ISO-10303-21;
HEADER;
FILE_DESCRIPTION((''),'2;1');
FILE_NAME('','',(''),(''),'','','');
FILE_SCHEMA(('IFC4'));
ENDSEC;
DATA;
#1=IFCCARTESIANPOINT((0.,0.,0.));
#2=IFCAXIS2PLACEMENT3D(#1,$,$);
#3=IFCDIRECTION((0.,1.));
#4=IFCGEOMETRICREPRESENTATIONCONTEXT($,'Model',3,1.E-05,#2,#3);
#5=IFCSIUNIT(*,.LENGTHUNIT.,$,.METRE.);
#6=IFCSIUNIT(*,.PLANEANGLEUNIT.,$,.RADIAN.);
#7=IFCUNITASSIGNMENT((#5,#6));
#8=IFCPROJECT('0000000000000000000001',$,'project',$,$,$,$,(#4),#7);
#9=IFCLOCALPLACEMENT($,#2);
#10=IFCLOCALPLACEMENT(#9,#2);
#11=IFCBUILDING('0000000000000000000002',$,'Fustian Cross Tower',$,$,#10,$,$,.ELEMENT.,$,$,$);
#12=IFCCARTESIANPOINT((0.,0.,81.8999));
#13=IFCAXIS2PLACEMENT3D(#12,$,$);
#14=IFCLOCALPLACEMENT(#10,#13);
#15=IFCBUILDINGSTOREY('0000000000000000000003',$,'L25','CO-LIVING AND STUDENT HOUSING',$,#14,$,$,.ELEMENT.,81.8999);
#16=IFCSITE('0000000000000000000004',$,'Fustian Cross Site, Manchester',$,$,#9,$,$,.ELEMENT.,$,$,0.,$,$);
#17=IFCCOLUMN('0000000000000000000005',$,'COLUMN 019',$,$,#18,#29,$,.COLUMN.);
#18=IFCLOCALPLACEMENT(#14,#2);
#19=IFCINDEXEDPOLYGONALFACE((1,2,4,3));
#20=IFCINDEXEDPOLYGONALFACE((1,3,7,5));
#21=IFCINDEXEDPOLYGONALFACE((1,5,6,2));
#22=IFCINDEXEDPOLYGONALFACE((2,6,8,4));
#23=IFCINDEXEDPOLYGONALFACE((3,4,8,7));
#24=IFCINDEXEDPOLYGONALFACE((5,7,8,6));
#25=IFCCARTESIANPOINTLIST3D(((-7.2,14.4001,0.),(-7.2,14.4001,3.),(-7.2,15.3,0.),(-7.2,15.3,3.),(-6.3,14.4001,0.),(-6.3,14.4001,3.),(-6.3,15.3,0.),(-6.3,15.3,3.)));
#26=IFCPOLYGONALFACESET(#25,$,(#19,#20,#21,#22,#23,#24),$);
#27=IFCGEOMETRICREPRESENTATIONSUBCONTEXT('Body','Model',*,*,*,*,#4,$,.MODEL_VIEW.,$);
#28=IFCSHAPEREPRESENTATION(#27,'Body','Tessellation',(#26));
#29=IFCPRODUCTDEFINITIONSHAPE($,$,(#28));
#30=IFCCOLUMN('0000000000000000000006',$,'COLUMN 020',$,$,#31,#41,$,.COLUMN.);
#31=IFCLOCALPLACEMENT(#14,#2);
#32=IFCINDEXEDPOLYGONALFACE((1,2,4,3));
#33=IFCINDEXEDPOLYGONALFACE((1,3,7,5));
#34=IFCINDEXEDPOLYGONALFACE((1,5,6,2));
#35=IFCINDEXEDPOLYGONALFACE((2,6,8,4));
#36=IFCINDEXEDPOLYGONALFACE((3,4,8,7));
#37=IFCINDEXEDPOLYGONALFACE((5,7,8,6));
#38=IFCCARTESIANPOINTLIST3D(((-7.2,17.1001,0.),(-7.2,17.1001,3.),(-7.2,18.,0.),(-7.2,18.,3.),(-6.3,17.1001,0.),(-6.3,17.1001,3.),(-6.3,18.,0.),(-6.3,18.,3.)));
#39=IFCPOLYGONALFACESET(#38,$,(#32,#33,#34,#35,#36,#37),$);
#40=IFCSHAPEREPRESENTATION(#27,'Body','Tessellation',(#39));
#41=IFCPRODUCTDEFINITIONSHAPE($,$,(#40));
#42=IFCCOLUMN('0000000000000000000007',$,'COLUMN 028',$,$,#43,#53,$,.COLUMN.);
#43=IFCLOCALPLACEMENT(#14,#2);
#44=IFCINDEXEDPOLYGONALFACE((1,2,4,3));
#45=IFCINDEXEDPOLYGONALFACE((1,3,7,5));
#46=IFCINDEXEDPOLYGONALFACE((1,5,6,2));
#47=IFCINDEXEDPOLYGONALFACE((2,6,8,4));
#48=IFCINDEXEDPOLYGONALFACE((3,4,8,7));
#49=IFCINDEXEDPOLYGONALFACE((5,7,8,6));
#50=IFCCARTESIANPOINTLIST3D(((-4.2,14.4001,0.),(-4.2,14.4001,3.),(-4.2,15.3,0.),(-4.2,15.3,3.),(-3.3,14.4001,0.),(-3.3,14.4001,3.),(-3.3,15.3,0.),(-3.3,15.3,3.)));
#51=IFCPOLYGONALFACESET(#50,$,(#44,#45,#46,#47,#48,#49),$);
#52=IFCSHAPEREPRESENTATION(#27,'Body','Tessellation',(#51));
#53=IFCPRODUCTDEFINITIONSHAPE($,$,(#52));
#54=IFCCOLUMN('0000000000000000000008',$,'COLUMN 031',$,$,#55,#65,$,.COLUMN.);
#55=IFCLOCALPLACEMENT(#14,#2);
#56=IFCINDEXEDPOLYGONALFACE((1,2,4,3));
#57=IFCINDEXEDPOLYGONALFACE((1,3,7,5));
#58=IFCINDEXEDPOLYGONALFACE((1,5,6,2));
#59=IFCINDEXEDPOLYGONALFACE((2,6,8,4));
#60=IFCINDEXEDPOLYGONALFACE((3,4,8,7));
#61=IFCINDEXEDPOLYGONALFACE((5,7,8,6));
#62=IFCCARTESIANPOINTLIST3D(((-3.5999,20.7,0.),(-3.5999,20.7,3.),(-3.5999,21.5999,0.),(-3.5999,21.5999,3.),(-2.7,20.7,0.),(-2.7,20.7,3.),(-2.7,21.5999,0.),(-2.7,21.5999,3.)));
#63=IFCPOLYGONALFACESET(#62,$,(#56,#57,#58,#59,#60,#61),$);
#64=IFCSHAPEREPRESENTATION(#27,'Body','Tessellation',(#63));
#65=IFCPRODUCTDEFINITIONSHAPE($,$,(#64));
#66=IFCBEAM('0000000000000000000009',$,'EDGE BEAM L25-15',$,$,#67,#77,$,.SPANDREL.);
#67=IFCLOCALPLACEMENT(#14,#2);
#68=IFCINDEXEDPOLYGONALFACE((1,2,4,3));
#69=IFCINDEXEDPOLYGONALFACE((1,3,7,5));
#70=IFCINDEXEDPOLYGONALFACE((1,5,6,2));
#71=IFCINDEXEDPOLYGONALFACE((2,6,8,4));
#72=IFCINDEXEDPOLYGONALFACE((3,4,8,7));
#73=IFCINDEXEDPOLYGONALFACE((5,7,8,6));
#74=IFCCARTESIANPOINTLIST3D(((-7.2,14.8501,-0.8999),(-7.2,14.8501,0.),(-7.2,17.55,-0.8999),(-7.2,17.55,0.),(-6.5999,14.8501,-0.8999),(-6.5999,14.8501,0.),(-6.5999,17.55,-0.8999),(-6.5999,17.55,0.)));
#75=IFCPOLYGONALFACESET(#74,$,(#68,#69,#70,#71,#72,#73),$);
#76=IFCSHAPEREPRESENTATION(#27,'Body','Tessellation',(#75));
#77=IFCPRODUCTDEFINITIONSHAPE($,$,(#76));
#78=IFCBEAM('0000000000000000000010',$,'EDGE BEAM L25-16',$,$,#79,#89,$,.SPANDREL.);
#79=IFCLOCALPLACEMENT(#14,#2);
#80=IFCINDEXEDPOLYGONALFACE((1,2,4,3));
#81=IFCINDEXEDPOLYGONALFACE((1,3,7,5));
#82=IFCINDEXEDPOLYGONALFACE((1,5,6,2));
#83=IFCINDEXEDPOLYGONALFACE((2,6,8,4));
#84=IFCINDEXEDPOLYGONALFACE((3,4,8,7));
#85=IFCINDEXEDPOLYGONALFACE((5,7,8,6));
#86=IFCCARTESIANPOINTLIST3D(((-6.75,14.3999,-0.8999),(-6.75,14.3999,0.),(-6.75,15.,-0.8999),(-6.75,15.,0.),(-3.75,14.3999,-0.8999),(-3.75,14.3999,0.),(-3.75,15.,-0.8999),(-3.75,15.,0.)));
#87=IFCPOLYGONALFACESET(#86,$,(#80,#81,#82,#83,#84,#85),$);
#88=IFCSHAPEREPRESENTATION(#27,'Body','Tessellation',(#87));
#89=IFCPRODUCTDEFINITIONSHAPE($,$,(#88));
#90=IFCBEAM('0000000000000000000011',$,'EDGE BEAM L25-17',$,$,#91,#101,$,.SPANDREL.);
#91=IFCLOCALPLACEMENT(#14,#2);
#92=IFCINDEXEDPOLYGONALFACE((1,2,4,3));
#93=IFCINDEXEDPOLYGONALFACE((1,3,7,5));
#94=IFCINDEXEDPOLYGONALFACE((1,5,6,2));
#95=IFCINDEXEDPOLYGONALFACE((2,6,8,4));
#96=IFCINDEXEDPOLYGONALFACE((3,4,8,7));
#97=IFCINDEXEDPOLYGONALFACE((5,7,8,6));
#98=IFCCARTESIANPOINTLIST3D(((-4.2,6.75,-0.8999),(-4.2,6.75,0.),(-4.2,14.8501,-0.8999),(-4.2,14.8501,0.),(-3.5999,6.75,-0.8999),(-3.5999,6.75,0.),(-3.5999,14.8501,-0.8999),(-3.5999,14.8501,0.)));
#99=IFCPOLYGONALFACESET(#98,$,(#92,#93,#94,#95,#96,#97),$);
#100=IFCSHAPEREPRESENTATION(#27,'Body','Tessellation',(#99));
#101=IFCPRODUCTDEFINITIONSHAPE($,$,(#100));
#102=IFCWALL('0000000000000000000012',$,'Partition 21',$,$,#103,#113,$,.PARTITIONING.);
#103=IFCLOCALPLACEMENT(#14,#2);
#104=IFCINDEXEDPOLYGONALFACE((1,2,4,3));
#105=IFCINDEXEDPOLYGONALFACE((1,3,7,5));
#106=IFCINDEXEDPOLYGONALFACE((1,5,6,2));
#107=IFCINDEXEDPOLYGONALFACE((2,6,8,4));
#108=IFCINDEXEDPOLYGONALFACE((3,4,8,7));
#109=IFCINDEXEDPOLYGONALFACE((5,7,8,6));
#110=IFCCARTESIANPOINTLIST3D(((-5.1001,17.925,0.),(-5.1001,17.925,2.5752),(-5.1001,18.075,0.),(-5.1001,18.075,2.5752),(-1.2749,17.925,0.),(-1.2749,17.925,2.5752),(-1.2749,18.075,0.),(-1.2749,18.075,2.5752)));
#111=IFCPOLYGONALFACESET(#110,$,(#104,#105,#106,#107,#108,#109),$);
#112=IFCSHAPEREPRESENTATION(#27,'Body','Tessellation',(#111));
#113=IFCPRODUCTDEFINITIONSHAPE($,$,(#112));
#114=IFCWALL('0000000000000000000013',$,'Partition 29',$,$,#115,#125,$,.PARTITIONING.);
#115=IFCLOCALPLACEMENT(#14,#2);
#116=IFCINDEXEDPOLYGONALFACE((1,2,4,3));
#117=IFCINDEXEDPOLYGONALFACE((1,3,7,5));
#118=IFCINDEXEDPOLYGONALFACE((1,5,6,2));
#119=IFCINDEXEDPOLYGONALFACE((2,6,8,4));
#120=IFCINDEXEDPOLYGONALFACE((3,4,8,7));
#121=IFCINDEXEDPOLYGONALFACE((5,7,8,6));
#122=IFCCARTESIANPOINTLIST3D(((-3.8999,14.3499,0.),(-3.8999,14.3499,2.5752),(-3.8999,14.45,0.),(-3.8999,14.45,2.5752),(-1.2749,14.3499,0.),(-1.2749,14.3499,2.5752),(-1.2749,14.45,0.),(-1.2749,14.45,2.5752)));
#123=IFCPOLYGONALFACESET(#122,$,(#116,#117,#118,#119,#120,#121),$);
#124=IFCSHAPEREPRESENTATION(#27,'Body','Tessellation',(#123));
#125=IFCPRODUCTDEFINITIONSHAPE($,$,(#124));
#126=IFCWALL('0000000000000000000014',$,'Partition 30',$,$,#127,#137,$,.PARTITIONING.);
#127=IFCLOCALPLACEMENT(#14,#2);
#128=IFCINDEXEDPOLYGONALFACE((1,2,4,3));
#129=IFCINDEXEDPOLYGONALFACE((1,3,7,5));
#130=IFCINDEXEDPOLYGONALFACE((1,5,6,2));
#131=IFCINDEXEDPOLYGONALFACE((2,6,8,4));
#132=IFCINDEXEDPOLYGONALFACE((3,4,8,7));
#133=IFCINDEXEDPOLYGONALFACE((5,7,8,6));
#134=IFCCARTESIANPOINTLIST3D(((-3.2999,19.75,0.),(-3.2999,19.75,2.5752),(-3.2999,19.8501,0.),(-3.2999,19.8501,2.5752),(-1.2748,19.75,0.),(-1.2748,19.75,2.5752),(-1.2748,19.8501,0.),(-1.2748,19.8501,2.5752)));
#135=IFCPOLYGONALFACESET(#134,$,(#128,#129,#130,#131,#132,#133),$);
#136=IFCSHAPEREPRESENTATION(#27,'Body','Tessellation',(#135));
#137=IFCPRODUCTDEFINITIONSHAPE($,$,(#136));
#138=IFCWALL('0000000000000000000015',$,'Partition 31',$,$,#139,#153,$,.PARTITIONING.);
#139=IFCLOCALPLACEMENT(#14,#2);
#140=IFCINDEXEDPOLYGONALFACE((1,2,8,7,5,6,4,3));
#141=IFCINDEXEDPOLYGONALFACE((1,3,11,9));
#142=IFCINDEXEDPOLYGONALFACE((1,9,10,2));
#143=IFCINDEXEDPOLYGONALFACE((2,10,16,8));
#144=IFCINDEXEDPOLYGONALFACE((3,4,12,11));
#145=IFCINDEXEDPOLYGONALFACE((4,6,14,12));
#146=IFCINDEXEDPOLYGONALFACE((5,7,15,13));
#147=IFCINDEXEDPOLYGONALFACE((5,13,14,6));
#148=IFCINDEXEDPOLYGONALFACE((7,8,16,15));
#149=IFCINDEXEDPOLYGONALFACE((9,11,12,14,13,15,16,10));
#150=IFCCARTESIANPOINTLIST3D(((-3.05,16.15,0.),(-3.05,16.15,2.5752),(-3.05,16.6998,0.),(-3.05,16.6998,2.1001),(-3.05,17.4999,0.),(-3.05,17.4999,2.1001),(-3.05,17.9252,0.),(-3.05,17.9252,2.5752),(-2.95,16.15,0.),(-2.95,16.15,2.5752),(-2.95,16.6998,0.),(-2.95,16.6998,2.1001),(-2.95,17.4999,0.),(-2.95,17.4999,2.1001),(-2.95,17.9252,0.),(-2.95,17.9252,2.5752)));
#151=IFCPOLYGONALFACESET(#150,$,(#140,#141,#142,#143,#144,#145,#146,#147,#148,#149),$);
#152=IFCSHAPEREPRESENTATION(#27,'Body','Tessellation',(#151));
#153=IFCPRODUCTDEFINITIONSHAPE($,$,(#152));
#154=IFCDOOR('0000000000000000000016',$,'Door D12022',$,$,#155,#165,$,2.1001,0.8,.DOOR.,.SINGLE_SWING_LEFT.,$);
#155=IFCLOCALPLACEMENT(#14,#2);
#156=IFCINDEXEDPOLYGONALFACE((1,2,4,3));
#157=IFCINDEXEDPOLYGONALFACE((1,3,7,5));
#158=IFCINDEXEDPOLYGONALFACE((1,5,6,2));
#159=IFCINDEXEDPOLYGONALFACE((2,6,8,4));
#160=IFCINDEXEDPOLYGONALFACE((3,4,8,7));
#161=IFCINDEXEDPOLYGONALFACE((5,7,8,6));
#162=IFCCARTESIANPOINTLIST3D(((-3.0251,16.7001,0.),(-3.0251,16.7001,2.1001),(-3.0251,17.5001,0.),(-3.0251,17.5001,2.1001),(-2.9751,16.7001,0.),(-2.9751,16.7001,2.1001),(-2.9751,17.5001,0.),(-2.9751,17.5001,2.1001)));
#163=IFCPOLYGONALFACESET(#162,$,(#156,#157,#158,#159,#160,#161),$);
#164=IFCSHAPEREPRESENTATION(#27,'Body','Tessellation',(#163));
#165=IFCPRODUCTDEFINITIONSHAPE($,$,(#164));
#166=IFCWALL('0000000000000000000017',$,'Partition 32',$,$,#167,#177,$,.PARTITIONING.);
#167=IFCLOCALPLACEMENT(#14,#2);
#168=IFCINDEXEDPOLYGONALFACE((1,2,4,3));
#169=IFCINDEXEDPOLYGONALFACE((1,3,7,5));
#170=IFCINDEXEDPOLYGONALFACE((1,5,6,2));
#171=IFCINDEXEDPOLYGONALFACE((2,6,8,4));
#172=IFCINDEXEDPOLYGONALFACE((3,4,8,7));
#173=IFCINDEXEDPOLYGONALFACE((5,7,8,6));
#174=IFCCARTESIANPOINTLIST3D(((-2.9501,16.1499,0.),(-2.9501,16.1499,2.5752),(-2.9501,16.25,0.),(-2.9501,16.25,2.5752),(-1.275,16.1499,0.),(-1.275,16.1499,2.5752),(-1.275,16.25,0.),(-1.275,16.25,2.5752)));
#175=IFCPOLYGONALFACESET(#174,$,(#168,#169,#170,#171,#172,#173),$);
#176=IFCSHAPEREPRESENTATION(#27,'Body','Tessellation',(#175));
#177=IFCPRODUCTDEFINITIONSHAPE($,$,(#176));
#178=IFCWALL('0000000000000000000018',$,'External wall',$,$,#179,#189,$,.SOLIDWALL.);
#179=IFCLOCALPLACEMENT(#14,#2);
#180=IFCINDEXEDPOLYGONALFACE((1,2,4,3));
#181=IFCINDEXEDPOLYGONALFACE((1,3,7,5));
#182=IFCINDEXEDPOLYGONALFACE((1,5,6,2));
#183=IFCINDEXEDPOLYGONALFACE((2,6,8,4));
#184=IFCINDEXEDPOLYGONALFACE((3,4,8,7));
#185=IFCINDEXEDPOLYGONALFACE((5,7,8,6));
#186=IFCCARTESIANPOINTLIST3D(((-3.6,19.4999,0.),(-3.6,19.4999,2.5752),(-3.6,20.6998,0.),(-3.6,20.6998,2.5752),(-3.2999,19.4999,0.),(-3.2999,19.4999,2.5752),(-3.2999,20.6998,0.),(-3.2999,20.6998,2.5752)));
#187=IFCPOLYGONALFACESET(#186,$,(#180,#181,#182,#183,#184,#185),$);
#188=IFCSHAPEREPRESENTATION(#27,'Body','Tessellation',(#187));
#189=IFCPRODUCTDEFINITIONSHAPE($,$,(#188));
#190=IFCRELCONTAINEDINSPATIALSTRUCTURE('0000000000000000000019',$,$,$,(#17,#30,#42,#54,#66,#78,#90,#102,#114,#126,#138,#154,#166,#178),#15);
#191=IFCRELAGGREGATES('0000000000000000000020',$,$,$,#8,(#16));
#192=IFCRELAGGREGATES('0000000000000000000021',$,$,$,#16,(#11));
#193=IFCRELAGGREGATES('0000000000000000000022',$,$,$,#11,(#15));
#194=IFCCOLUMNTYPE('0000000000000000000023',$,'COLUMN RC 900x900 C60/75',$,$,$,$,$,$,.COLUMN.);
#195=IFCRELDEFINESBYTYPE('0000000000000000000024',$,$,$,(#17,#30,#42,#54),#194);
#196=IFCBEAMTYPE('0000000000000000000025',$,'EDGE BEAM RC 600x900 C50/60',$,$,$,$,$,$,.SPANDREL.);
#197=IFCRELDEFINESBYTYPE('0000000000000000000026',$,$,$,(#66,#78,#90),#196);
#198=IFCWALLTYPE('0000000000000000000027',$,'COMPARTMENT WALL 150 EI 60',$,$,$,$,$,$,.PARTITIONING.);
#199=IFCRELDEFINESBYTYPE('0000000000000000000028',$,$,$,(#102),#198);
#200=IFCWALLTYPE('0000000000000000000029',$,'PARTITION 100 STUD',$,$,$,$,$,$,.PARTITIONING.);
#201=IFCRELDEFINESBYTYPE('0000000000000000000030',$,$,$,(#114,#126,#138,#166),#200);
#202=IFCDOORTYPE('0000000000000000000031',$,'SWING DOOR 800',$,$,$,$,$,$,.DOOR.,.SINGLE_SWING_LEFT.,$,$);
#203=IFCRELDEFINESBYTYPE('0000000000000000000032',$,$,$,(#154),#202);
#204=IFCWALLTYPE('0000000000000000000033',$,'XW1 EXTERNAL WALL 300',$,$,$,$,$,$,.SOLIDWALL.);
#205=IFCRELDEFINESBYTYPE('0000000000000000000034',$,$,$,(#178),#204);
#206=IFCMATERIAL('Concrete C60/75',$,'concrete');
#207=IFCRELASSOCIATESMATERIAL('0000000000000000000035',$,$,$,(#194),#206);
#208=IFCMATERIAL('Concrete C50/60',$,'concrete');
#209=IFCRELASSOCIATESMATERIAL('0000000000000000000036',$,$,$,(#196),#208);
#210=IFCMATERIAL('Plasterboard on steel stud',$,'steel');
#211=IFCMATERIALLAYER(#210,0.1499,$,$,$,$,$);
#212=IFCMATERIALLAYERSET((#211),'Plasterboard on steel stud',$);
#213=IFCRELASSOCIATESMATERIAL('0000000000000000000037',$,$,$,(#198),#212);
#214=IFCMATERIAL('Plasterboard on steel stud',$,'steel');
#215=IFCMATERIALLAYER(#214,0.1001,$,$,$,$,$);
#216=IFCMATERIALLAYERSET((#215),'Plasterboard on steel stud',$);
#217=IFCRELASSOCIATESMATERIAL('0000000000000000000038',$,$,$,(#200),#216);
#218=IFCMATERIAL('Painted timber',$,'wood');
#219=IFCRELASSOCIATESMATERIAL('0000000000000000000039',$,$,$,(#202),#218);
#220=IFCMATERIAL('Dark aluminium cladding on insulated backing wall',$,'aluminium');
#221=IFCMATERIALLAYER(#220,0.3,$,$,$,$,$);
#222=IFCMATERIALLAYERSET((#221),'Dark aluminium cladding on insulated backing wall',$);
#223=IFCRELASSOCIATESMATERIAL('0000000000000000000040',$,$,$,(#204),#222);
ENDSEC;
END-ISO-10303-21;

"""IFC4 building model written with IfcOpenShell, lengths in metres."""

from ifc_helpers import new_model, si_unit, direction, frame, frame_2d, origin, origin_2d, place, context, subcontext, project, spatial, rectangle, extrude, material, layer, layer_set, material_profile, profile_set, type_object, element, fill, save


model = new_model("IFC4")

# Units and contexts
model_context = context("Model", 3, precision=1e-05, world=origin(), true_north=direction((0.0, 1.0)))
body_context = subcontext(model_context, "Body", "Model", "MODEL_VIEW")
ifc_project = project(units=[si_unit("LENGTHUNIT", "METRE"), si_unit("PLANEANGLEUNIT", "RADIAN")], contexts=[model_context])

# Site, building, storey
site_placement = place(None, origin())
site = spatial("IfcSite", under=ifc_project, at=site_placement, Name="Fustian Cross Site, Manchester", CompositionType="ELEMENT", RefElevation=0.0)
building_placement = place(site_placement, origin())
building = spatial("IfcBuilding", under=site, at=building_placement, Name="Fustian Cross Tower", CompositionType="ELEMENT")
storey_placement = place(building_placement, frame((0.0, 0.0, 81.8999)))
storey = spatial("IfcBuildingStorey", under=building, at=storey_placement, Name="L25", Description="CO-LIVING AND STUDENT HOUSING", CompositionType="ELEMENT", Elevation=81.8999)

# Columns
ifc_material_1 = material(Name="Concrete C60/75", Category="concrete")
ifc_material_profile_1 = material_profile(ifc_material_1, rectangle(XDim=0.8999, YDim=0.8999, at=origin_2d()), Name="RC 900x900")
ifc_profile_set_1 = profile_set([ifc_material_profile_1], Name="Concrete C60/75")
column_type = type_object("IfcColumnType", Name="COLUMN RC 900x900 C60/75", PredefinedType="COLUMN", material=ifc_profile_set_1)
for number, where, z_axis, x_axis, name in (
    (1, (-6.75, 14.8501, 0.0), (0.0, 0.0, 1.0), (1.0, 0.0, 0.0), "COLUMN 019"),
    (2, (-6.75, 17.55, 0.0), (0.0, 0.0, 1.0), (1.0, 0.0, 0.0), "COLUMN 020"),
    (3, (-3.75, 14.8501, 0.0), (0.0, 0.0, 1.0), (1.0, 0.0, 0.0), "COLUMN 028"),
    (4, (-3.1499, 21.1499, 0.0), (0.0, 0.0, 1.0), (1.0, 0.0, 0.0), "COLUMN 031"),
):
    element("IfcColumn", number, at=place(storey_placement, frame(where, z_axis=z_axis, x_axis=x_axis)), inside=storey, type_object=column_type, Name=name, PredefinedType="COLUMN", context=body_context, shape_type="SweptSolid", body=[
        extrude(rectangle(XDim=0.8999, YDim=0.8999, at=origin_2d()), origin(), (0.0, 0.0, 1.0), 3.0),
    ])

# Beams
ifc_material_2 = material(Name="Concrete C50/60", Category="concrete")
ifc_material_profile_2 = material_profile(ifc_material_2, rectangle(XDim=0.6001, YDim=0.8999, at=origin_2d()), Name="RC 600x900")
ifc_profile_set_2 = profile_set([ifc_material_profile_2], Name="Concrete C50/60")
beam_type = type_object("IfcBeamType", Name="EDGE BEAM RC 600x900 C50/60", PredefinedType="SPANDREL", material=ifc_profile_set_2)
beam_1_placement = place(storey_placement, frame((-6.8999, 17.55, -0.45), z_axis=(0.0, -1.0, 0.0), x_axis=(1.0, 0.0, 0.0)))
element("IfcBeam", 5, at=beam_1_placement, inside=storey, type_object=beam_type, Name="EDGE BEAM L25-15", PredefinedType="SPANDREL", context=body_context, shape_type="SweptSolid", body=[
    extrude(rectangle(XDim=0.6001, YDim=0.8999, at=origin_2d()), origin(), (0.0, 0.0, 1.0), 2.7),
])
beam_2_placement = place(storey_placement, frame((-6.75, 14.7, -0.45), z_axis=(1.0, 0.0, 0.0), x_axis=(0.0, 1.0, 0.0)))
element("IfcBeam", 6, at=beam_2_placement, inside=storey, type_object=beam_type, Name="EDGE BEAM L25-16", PredefinedType="SPANDREL", context=body_context, shape_type="SweptSolid", body=[
    extrude(rectangle(XDim=0.6001, YDim=0.8999, at=origin_2d()), origin(), (0.0, 0.0, 1.0), 3.0),
])
beam_3_placement = place(storey_placement, frame((-3.8999, 14.8501, -0.45), z_axis=(0.0, -1.0, 0.0), x_axis=(1.0, 0.0, 0.0)))
element("IfcBeam", 7, at=beam_3_placement, inside=storey, type_object=beam_type, Name="EDGE BEAM L25-17", PredefinedType="SPANDREL", context=body_context, shape_type="SweptSolid", body=[
    extrude(rectangle(XDim=0.6001, YDim=0.8999, at=origin_2d()), origin(), (0.0, 0.0, 1.0), 8.1001),
])

# Walls
ifc_material_3 = material(Name="Plasterboard on steel stud", Category="steel")
ifc_layer_1 = layer(ifc_material_3, 0.1499)
ifc_layer_set_1 = layer_set([ifc_layer_1], Name="Plasterboard on steel stud")
wall_type_1 = type_object("IfcWallType", Name="COMPARTMENT WALL 150 EI 60", PredefinedType="PARTITIONING", material=ifc_layer_set_1)
wall_1_placement = place(storey_placement, frame((-5.1001, 18.0, 0.0), z_axis=(0.0, 0.0, 1.0), x_axis=(1.0, 0.0, 0.0)))
element("IfcWall", 8, at=wall_1_placement, inside=storey, type_object=wall_type_1, Name="Partition 21", PredefinedType="PARTITIONING", context=body_context, shape_type="SweptSolid", body=[
    extrude(rectangle(XDim=3.8252, YDim=0.1499, at=frame_2d((1.9126, 0.0))), origin(), (0.0, 0.0, 1.0), 2.5752),
])
ifc_material_4 = material(Name="Plasterboard on steel stud", Category="steel")
ifc_layer_2 = layer(ifc_material_4, 0.1001)
ifc_layer_set_2 = layer_set([ifc_layer_2], Name="Plasterboard on steel stud")
wall_type_2 = type_object("IfcWallType", Name="PARTITION 100 STUD", PredefinedType="PARTITIONING", material=ifc_layer_set_2)
wall_2_placement = place(storey_placement, frame((-3.8999, 14.3999, 0.0), z_axis=(0.0, 0.0, 1.0), x_axis=(1.0, 0.0, 0.0)))
element("IfcWall", 9, at=wall_2_placement, inside=storey, type_object=wall_type_2, Name="Partition 29", PredefinedType="PARTITIONING", context=body_context, shape_type="SweptSolid", body=[
    extrude(rectangle(XDim=2.625, YDim=0.1001, at=frame_2d((1.3125, 0.0))), origin(), (0.0, 0.0, 1.0), 2.5752),
])
wall_3_placement = place(storey_placement, frame((-3.3, 19.8, 0.0), z_axis=(0.0, 0.0, 1.0), x_axis=(1.0, 0.0, 0.0)))
element("IfcWall", 10, at=wall_3_placement, inside=storey, type_object=wall_type_2, Name="Partition 30", PredefinedType="PARTITIONING", context=body_context, shape_type="SweptSolid", body=[
    extrude(rectangle(XDim=2.0251, YDim=0.1001, at=frame_2d((1.0127, 0.0))), origin(), (0.0, 0.0, 1.0), 2.5752),
])

# Wall, opening, door
wall_4_placement = place(storey_placement, frame((-3.0, 16.1499, 0.0), z_axis=(0.0, 0.0, 1.0), x_axis=(0.0, 1.0, 0.0)))
wall_4 = element("IfcWall", 11, at=wall_4_placement, inside=storey, type_object=wall_type_2, Name="Partition 31", PredefinedType="PARTITIONING", context=body_context, shape_type="SweptSolid", body=[
    extrude(rectangle(XDim=1.7751, YDim=0.1001, at=frame_2d((0.8877, 0.0))), origin(), (0.0, 0.0, 1.0), 2.5752),
])
opening_1_placement = place(wall_4_placement, frame((0.55, 0.0, 0.0)))
opening_1 = element("IfcOpeningElement", 12, at=opening_1_placement, cuts=wall_4, PredefinedType="OPENING", context=body_context, shape_type="SweptSolid", body=[
    extrude(rectangle(XDim=0.8, YDim=2.1001, at=frame_2d((0.3999, 1.05))), frame((0.0, 0.0601, 0.0), z_axis=(0.0, -1.0, 0.0), x_axis=(1.0, 0.0, 0.0)), (0.0, 0.0, 1.0), 0.1201),
])
ifc_material_5 = material(Name="Painted timber", Category="wood")
door_type_1 = type_object("IfcDoorType", Name="SWING DOOR 800", OperationType="SINGLE_SWING_LEFT", PredefinedType="DOOR", material=ifc_material_5)
door_1_placement = place(opening_1_placement, frame((0.8, 0.0, 0.0), z_axis=(0.0, 0.0, 1.0), x_axis=(-1.0, 0.0, 0.0)))
door_1 = element("IfcDoor", 13, at=door_1_placement, inside=storey, type_object=door_type_1, Name="Door D12022", OperationType="SINGLE_SWING_LEFT", OverallHeight=2.1001, OverallWidth=0.8, PredefinedType="DOOR", context=body_context, shape_type="SweptSolid", body=[
    extrude(rectangle(XDim=0.8, YDim=2.1001, at=frame_2d((0.3999, 1.05))), frame((0.0, 0.0249, 0.0), z_axis=(0.0, -1.0, 0.0), x_axis=(1.0, 0.0, 0.0)), (0.0, 0.0, 1.0), 0.05),
])
fill(opening_1, door_1)

# Walls
wall_5_placement = place(storey_placement, frame((-2.95, 16.2, 0.0), z_axis=(0.0, 0.0, 1.0), x_axis=(1.0, 0.0, 0.0)))
element("IfcWall", 14, at=wall_5_placement, inside=storey, type_object=wall_type_2, Name="Partition 32", PredefinedType="PARTITIONING", context=body_context, shape_type="SweptSolid", body=[
    extrude(rectangle(XDim=1.675, YDim=0.1001, at=frame_2d((0.8374, 0.0))), origin(), (0.0, 0.0, 1.0), 2.5752),
])
ifc_material_6 = material(Name="Dark aluminium cladding on insulated backing wall", Category="aluminium")
ifc_layer_3 = layer(ifc_material_6, 0.3)
ifc_layer_set_3 = layer_set([ifc_layer_3], Name="Dark aluminium cladding on insulated backing wall")
wall_type_3 = type_object("IfcWallType", Name="XW1 EXTERNAL WALL 300", PredefinedType="SOLIDWALL", material=ifc_layer_set_3)
wall_6_placement = place(storey_placement, frame((-3.45, 20.7, 0.0), z_axis=(0.0, 0.0, 1.0), x_axis=(0.0, -1.0, 0.0)))
element("IfcWall", 15, at=wall_6_placement, inside=storey, type_object=wall_type_3, Name="External wall", PredefinedType="SOLIDWALL", context=body_context, shape_type="SweptSolid", body=[
    extrude(rectangle(XDim=1.2, YDim=0.3, at=frame_2d((0.6001, 0.0))), origin(), (0.0, 0.0, 1.0), 2.5752),
])

save(model, "model.ifc")
